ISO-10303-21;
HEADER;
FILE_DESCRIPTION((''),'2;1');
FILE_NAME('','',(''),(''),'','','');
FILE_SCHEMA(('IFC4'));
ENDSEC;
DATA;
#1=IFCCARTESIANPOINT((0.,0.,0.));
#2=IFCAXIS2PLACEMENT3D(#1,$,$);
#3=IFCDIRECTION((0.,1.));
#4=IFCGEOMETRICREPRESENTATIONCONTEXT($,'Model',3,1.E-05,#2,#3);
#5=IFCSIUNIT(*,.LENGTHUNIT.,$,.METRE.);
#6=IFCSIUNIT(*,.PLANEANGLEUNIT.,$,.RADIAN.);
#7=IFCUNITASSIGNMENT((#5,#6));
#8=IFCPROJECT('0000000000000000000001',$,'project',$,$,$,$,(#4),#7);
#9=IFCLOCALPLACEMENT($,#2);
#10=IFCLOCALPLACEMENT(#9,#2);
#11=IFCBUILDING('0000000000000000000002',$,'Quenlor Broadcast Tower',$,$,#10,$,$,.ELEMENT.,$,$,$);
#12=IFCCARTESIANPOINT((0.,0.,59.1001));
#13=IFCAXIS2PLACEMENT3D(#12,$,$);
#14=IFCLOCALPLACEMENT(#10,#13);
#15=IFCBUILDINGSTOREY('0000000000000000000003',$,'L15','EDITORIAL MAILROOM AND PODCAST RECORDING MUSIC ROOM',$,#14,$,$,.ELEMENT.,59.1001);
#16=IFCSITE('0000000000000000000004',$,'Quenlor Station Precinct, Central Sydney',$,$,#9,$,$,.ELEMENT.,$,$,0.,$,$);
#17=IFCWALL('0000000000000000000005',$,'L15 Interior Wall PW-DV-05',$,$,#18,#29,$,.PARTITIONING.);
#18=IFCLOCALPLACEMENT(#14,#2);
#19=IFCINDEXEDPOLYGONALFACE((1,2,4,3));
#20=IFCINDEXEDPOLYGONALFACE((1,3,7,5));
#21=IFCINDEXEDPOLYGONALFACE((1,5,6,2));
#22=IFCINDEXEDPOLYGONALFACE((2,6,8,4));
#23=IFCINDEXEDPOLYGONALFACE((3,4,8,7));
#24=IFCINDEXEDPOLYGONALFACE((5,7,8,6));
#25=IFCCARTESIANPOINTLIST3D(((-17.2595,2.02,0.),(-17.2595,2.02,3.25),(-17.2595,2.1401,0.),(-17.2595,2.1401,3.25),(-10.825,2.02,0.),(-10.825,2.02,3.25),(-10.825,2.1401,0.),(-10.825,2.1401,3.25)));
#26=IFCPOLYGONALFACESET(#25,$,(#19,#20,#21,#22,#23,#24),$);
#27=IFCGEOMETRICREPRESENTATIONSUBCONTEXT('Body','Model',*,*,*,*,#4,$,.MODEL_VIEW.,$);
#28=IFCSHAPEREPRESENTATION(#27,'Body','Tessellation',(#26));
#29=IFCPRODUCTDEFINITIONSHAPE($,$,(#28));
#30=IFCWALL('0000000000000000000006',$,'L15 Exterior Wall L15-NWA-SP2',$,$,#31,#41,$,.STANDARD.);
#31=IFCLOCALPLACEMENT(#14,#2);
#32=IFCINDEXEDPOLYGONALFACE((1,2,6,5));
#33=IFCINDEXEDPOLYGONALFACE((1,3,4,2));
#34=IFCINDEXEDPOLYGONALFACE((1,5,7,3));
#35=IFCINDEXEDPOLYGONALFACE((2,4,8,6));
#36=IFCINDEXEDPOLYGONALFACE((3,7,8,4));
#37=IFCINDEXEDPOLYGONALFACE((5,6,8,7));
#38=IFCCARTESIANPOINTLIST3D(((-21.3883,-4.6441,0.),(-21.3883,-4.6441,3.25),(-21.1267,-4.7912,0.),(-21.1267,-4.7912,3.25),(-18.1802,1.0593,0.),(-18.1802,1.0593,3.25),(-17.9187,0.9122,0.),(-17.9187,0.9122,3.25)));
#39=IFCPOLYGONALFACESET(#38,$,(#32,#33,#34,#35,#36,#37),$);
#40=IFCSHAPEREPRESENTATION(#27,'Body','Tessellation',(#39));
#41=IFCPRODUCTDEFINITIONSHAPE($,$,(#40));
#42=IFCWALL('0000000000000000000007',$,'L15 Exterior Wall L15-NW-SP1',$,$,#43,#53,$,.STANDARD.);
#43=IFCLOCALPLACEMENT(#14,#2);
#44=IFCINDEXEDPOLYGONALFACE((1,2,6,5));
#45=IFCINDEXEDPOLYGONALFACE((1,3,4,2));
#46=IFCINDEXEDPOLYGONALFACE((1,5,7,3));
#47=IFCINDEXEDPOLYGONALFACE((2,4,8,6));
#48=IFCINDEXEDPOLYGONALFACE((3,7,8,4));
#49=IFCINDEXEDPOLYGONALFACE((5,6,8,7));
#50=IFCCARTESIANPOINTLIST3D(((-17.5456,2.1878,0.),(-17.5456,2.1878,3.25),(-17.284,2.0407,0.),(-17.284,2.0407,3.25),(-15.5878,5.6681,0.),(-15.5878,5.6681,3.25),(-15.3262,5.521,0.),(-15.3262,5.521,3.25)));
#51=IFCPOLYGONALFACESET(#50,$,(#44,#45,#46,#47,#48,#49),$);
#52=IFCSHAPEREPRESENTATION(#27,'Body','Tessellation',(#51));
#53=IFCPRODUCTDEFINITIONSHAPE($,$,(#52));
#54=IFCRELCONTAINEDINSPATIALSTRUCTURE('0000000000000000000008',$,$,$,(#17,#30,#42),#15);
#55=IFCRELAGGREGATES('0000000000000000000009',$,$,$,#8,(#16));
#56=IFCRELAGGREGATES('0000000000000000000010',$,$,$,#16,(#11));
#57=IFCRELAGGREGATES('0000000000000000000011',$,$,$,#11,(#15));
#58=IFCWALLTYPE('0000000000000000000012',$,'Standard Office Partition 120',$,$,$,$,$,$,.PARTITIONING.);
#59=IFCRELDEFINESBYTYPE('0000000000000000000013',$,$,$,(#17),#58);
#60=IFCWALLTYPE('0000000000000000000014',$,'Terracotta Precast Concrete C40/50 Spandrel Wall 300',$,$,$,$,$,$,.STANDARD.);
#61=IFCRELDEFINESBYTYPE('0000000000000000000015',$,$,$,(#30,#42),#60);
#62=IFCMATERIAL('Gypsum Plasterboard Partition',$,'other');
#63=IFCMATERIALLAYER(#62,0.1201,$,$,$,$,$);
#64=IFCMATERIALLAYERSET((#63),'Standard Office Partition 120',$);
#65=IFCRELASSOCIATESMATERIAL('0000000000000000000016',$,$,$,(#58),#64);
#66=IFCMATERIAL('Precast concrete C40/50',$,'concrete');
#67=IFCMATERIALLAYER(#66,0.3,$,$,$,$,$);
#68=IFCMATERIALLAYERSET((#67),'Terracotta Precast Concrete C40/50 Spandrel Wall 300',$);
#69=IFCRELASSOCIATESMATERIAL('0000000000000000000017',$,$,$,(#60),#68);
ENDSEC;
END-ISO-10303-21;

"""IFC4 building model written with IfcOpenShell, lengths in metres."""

from ifc_helpers import new_model, si_unit, direction, frame, frame_2d, origin, place, context, subcontext, project, spatial, rectangle, extrude, material, layer, layer_set, type_object, element, save


model = new_model("IFC4")

# Units and contexts
model_context = context("Model", 3, precision=1e-05, world=origin(), true_north=direction((0.0, 1.0)))
body_context = subcontext(model_context, "Body", "Model", "MODEL_VIEW")
ifc_project = project(units=[si_unit("LENGTHUNIT", "METRE"), si_unit("PLANEANGLEUNIT", "RADIAN")], contexts=[model_context])

# Site, building, storey
site_placement = place(None, origin())
site = spatial("IfcSite", under=ifc_project, at=site_placement, Name="Quenlor Station Precinct, Central Sydney", CompositionType="ELEMENT", RefElevation=0.0)
building_placement = place(site_placement, origin())
building = spatial("IfcBuilding", under=site, at=building_placement, Name="Quenlor Broadcast Tower", CompositionType="ELEMENT")
storey_placement = place(building_placement, frame((0.0, 0.0, 59.1001)))
storey = spatial("IfcBuildingStorey", under=building, at=storey_placement, Name="L15", Description="EDITORIAL MAILROOM AND PODCAST RECORDING MUSIC ROOM", CompositionType="ELEMENT", Elevation=59.1001)

# Shared definitions
ifc_material_1 = material(Name="Gypsum Plasterboard Partition", Category="other")
ifc_layer_1 = layer(ifc_material_1, 0.1201)
ifc_layer_set_1 = layer_set([ifc_layer_1], Name="Standard Office Partition 120")
wall_type_1 = type_object("IfcWallType", Name="Standard Office Partition 120", PredefinedType="PARTITIONING", material=ifc_layer_set_1)

# Walls
wall_1_placement = place(storey_placement, frame((-10.825, 2.0801, 0.0), z_axis=(0.0, 0.0, 1.0), x_axis=(-1.0, 0.0, 0.0)))
element("IfcWall", 1, at=wall_1_placement, inside=storey, type_object=wall_type_1, Name="L15 Interior Wall PW-DV-05", PredefinedType="PARTITIONING", context=body_context, shape_type="SweptSolid", body=[
    extrude(rectangle(XDim=6.4346, YDim=0.1201, at=frame_2d((3.2173, 0.0))), origin(), (0.0, 0.0, 1.0), 3.25),
])
ifc_material_2 = material(Name="Precast concrete C40/50", Category="concrete")
ifc_layer_2 = layer(ifc_material_2, 0.3)
ifc_layer_set_2 = layer_set([ifc_layer_2], Name="Terracotta Precast Concrete C40/50 Spandrel Wall 300")
wall_type_2 = type_object("IfcWallType", Name="Terracotta Precast Concrete C40/50 Spandrel Wall 300", PredefinedType="STANDARD", material=ifc_layer_set_2)
wall_2_placement = place(storey_placement, frame((-21.2576, -4.7178, 0.0), z_axis=(0.0, 0.0, 1.0), x_axis=(0.490245, 0.871585, 0.0)))
element("IfcWall", 2, at=wall_2_placement, inside=storey, type_object=wall_type_2, Name="L15 Exterior Wall L15-NWA-SP2", PredefinedType="STANDARD", context=body_context, shape_type="SweptSolid", body=[
    extrude(rectangle(XDim=6.5437, YDim=0.3, at=frame_2d((3.272, 0.0))), origin(), (0.0, 0.0, 1.0), 3.25),
])
wall_3_placement = place(storey_placement, frame((-17.4148, 2.1143, 0.0), z_axis=(0.0, 0.0, 1.0), x_axis=(0.490287, 0.871561, 0.0)))
element("IfcWall", 3, at=wall_3_placement, inside=storey, type_object=wall_type_2, Name="L15 Exterior Wall L15-NW-SP1", PredefinedType="STANDARD", context=body_context, shape_type="SweptSolid", body=[
    extrude(rectangle(XDim=3.9932, YDim=0.3, at=frame_2d((1.9966, 0.0))), origin(), (0.0, 0.0, 1.0), 3.25),
])

save(model, "model.ifc")
